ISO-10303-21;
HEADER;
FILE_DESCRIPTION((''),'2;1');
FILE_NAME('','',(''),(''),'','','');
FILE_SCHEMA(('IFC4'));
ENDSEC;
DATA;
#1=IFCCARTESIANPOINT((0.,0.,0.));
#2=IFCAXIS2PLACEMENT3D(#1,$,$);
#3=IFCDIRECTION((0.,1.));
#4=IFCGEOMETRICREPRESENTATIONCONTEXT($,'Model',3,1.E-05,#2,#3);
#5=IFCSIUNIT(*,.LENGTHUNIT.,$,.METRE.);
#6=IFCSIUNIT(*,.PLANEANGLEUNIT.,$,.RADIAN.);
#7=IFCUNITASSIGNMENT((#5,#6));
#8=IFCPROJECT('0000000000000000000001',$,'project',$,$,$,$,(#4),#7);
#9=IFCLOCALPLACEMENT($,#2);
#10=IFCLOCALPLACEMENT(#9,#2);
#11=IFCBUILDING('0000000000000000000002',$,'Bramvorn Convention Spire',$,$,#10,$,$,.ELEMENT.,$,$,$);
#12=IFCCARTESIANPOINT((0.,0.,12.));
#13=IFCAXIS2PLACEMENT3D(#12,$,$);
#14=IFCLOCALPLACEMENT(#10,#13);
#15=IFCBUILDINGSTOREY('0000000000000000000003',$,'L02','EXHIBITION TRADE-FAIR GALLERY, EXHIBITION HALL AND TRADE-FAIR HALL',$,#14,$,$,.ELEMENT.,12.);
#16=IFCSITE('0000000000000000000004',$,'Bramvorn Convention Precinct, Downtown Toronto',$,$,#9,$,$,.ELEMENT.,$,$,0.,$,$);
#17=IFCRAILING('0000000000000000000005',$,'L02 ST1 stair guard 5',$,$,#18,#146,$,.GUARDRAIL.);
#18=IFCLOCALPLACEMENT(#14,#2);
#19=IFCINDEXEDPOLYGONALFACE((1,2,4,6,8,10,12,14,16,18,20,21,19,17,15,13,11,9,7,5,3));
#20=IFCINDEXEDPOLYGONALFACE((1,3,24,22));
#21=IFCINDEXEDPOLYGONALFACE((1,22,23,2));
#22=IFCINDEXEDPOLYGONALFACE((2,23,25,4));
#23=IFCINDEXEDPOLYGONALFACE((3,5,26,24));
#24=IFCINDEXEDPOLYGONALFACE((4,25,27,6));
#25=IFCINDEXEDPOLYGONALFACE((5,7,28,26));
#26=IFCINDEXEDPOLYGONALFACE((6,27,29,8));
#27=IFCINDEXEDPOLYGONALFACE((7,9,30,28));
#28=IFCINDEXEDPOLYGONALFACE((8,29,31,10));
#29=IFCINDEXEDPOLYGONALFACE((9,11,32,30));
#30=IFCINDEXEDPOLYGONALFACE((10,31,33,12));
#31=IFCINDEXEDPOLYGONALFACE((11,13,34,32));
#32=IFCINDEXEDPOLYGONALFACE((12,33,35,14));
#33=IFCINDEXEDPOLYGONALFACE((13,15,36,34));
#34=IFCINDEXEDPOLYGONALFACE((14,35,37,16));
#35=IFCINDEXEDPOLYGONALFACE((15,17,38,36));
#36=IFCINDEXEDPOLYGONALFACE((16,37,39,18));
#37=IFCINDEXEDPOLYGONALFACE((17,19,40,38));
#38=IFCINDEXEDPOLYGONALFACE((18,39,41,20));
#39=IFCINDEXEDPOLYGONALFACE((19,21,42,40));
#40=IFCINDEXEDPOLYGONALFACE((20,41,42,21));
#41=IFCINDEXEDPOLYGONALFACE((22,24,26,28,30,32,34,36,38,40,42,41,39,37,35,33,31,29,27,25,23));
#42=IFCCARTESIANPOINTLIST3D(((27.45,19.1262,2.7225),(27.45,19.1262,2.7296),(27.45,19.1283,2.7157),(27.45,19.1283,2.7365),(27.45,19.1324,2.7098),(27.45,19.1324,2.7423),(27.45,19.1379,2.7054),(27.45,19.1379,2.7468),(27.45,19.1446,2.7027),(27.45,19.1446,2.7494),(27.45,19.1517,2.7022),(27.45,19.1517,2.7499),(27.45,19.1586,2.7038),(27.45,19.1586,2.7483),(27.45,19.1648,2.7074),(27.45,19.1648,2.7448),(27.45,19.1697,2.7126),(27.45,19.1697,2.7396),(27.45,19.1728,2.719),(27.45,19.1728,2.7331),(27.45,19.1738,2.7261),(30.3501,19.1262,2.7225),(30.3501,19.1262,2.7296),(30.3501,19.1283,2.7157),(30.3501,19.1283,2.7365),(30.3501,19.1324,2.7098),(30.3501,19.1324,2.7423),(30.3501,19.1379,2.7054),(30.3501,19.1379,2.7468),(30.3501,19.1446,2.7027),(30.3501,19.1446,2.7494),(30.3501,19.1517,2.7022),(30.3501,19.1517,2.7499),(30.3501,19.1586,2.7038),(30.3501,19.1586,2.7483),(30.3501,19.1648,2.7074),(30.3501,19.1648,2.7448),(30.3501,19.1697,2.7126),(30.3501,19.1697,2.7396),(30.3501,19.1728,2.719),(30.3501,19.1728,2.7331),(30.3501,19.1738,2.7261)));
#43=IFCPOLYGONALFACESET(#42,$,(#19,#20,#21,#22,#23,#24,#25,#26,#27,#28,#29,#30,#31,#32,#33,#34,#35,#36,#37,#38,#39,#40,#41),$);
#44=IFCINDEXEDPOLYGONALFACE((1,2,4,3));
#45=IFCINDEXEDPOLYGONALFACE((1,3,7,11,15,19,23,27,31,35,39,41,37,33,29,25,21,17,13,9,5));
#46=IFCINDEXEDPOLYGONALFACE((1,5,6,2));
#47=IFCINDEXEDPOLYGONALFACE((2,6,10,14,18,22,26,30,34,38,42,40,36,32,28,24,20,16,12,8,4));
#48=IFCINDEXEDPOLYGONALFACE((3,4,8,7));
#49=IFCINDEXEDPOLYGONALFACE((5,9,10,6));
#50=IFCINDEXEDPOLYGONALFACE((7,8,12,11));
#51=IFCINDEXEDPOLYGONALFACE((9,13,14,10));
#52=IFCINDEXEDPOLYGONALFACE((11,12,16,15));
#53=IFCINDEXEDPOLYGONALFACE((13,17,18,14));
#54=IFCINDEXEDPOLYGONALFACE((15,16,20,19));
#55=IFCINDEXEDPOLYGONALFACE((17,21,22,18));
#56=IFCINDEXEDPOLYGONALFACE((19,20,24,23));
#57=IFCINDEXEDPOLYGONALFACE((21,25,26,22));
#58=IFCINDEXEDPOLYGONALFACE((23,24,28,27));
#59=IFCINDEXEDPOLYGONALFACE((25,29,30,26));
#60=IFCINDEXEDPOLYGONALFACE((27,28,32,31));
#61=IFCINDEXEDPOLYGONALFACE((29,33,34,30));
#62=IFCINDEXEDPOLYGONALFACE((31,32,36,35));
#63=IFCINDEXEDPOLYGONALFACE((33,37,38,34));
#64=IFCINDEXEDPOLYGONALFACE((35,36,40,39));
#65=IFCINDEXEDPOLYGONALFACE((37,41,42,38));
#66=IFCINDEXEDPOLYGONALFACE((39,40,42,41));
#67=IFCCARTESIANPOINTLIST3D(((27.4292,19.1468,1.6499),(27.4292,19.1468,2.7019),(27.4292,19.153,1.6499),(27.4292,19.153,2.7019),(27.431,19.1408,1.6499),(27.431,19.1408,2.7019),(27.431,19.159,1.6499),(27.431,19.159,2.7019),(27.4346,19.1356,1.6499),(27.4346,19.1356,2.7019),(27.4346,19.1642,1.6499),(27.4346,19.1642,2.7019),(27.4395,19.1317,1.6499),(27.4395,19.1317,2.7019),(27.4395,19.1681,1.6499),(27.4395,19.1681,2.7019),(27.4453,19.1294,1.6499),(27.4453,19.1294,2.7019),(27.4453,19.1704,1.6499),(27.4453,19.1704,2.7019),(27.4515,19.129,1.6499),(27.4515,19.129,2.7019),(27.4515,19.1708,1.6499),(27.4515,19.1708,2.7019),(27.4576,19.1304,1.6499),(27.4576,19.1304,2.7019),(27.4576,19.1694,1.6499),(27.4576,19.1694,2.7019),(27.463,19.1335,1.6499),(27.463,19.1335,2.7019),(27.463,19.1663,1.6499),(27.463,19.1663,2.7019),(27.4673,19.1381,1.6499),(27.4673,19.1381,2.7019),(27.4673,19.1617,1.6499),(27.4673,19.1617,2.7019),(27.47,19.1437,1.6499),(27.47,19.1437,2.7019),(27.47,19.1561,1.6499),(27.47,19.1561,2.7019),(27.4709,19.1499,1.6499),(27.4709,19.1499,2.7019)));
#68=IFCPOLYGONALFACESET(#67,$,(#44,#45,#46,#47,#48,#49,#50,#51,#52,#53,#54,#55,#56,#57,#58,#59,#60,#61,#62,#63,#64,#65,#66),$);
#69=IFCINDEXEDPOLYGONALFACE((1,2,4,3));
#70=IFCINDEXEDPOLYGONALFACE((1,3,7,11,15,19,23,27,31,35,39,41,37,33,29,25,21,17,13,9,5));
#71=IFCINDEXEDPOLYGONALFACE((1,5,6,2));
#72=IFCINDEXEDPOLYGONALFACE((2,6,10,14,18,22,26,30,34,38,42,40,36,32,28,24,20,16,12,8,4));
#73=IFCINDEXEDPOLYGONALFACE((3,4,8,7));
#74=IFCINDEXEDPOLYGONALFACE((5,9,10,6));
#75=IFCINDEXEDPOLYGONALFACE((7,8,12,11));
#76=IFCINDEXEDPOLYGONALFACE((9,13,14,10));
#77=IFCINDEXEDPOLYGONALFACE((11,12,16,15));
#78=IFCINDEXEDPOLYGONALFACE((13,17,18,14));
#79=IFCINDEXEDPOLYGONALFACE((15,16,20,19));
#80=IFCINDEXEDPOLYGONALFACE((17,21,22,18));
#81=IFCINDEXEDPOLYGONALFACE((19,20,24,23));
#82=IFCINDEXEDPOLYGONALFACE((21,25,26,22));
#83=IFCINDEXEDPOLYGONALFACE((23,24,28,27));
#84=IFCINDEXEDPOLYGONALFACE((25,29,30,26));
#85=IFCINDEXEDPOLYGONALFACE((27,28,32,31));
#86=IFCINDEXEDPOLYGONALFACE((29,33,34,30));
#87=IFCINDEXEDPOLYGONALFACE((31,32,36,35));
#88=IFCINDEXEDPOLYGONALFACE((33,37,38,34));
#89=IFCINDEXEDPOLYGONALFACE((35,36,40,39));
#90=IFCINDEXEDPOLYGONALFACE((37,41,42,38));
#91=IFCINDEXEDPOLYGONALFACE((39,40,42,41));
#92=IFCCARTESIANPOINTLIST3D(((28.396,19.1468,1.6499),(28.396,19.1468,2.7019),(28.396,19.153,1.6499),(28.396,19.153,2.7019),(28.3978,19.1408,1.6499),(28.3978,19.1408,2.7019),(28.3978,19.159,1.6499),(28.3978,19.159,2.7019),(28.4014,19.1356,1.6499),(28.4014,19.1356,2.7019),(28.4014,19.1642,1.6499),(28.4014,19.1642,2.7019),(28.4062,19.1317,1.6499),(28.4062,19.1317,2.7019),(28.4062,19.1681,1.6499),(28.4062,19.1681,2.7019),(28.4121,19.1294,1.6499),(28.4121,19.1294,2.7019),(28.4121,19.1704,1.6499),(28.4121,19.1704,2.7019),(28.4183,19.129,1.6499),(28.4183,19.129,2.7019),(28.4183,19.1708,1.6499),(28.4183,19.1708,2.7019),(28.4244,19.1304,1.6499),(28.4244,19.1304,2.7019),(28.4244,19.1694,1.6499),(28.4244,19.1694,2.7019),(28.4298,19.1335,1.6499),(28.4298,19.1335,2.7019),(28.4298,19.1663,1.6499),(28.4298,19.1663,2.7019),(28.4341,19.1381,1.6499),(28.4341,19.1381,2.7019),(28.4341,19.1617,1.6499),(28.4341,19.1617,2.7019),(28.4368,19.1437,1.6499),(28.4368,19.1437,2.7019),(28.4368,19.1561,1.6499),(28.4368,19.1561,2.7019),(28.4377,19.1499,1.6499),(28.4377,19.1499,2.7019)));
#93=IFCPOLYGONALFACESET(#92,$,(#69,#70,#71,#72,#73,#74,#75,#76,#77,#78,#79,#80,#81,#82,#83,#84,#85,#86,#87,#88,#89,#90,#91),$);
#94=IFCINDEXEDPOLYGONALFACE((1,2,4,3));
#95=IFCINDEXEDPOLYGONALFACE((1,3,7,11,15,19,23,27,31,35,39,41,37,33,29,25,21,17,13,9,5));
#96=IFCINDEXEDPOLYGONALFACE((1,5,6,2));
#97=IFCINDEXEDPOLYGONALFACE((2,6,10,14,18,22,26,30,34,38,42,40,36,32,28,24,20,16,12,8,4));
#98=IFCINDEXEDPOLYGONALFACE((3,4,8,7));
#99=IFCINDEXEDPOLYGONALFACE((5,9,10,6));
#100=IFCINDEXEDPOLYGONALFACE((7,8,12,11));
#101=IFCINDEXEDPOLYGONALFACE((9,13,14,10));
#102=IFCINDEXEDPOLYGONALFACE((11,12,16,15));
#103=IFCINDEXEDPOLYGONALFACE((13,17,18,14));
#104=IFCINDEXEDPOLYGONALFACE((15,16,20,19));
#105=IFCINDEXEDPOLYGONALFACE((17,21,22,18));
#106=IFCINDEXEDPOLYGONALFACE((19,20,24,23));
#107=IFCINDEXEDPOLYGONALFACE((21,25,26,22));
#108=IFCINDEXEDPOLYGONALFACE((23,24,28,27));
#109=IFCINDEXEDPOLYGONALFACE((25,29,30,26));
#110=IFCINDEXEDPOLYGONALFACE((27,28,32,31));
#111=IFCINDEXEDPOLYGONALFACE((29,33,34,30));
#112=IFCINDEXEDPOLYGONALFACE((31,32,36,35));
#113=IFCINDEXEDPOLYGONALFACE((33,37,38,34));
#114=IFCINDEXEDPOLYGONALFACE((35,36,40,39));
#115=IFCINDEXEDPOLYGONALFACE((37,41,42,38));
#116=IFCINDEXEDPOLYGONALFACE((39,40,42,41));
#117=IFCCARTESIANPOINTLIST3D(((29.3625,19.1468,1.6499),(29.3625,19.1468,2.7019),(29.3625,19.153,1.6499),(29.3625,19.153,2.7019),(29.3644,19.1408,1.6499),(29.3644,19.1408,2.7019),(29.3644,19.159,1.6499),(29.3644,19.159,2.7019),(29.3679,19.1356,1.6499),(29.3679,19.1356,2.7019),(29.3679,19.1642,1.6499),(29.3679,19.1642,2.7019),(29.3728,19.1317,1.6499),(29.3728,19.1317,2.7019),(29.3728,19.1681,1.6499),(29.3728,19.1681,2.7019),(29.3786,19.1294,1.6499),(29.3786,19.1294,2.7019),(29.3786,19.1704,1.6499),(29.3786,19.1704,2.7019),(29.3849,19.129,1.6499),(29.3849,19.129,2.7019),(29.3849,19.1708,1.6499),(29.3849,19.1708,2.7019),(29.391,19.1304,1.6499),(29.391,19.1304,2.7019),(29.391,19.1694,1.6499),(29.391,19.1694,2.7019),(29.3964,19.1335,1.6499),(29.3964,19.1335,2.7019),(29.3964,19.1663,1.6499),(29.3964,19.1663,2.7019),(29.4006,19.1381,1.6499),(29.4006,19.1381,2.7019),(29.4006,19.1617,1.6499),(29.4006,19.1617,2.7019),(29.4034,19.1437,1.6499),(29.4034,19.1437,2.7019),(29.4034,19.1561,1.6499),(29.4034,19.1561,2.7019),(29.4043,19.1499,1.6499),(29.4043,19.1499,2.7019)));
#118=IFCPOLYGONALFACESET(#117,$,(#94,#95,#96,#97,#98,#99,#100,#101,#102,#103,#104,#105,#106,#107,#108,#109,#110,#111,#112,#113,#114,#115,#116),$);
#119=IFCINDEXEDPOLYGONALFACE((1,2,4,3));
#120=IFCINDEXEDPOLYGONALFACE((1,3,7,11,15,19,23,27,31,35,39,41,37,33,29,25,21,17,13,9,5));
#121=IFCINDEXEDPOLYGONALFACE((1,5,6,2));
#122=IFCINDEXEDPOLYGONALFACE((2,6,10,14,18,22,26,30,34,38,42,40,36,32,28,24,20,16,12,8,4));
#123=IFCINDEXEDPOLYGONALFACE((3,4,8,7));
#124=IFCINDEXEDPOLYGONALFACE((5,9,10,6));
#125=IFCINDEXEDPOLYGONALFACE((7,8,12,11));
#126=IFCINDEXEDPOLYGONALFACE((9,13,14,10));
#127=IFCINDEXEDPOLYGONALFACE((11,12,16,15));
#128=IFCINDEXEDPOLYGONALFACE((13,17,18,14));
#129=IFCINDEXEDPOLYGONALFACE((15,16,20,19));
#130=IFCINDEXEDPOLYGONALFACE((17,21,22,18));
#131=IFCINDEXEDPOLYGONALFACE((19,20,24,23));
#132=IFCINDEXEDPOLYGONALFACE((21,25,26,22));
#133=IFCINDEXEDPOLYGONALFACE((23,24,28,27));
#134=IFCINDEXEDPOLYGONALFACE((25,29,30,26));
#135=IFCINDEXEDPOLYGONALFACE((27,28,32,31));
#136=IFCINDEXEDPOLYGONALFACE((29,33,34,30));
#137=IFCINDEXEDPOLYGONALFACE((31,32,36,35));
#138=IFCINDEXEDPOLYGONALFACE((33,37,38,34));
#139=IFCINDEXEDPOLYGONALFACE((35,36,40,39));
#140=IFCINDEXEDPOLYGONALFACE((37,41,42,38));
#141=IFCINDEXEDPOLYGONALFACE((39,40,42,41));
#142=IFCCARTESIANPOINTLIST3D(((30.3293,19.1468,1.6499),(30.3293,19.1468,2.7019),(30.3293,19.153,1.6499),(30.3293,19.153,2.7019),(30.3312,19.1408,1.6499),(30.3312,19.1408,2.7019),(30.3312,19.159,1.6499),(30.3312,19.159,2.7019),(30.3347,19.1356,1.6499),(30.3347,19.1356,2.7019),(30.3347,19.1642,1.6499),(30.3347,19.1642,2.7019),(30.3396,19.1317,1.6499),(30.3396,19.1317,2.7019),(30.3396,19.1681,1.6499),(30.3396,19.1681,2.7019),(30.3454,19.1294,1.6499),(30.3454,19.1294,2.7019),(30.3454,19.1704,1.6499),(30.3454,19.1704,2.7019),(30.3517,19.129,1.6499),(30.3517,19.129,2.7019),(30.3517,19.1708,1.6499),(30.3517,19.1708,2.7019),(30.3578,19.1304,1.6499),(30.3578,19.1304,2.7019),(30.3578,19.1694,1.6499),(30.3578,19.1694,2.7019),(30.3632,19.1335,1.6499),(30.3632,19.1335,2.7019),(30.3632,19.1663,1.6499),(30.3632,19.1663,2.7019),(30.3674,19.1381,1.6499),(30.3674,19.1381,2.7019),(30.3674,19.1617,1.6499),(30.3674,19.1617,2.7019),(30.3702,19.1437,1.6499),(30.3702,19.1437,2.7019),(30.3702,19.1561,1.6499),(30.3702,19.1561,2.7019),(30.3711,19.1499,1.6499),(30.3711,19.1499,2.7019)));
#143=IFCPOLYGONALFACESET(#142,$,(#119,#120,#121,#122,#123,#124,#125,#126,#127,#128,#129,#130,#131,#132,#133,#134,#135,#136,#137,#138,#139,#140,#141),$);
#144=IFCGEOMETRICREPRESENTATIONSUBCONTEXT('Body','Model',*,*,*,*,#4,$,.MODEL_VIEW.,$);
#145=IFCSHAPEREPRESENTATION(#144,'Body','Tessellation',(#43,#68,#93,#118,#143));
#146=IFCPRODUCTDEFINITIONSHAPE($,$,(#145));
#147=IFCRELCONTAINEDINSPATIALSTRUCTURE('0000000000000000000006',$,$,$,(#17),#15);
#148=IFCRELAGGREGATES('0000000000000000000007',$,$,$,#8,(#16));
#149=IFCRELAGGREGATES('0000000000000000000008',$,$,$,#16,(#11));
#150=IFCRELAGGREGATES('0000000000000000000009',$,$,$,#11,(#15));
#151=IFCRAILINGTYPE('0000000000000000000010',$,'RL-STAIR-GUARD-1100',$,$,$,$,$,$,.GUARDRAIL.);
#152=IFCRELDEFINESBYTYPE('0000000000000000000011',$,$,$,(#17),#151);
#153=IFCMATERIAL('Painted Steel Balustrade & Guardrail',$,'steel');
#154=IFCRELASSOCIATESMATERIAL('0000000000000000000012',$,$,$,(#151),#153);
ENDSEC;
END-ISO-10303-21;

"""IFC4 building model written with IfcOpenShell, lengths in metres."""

from ifc_helpers import new_model, si_unit, direction, frame, origin, origin_2d, place, context, subcontext, project, spatial, circle, extrude, material, type_object, element, save


model = new_model("IFC4")

# Units and contexts
model_context = context("Model", 3, precision=1e-05, world=origin(), true_north=direction((0.0, 1.0)))
body_context = subcontext(model_context, "Body", "Model", "MODEL_VIEW")
ifc_project = project(units=[si_unit("LENGTHUNIT", "METRE"), si_unit("PLANEANGLEUNIT", "RADIAN")], contexts=[model_context])

# Site, building, storey
site_placement = place(None, origin())
site = spatial("IfcSite", under=ifc_project, at=site_placement, Name="Bramvorn Convention Precinct, Downtown Toronto", CompositionType="ELEMENT", RefElevation=0.0)
building_placement = place(site_placement, origin())
building = spatial("IfcBuilding", under=site, at=building_placement, Name="Bramvorn Convention Spire", CompositionType="ELEMENT")
storey_placement = place(building_placement, frame((0.0, 0.0, 12.0)))
storey = spatial("IfcBuildingStorey", under=building, at=storey_placement, Name="L02", Description="EXHIBITION TRADE-FAIR GALLERY, EXHIBITION HALL AND TRADE-FAIR HALL", CompositionType="ELEMENT", Elevation=12.0)

# Railing
ifc_material_1 = material(Name="Painted Steel Balustrade & Guardrail", Category="steel")
railing_type = type_object("IfcRailingType", Name="RL-STAIR-GUARD-1100", PredefinedType="GUARDRAIL", material=ifc_material_1)
railing_1_placement = place(storey_placement, frame((27.45, 19.1499, 1.6499)))
element("IfcRailing", 1, at=railing_1_placement, inside=storey, type_object=railing_type, Name="L02 ST1 stair guard 5", PredefinedType="GUARDRAIL", context=body_context, shape_type="SweptSolid", body=[
    extrude(circle(Radius=0.0239, at=origin_2d()), frame((0.0, 0.0, 1.0762), z_axis=(1.0, 0.0, 0.0), x_axis=(0.0, 1.0, 0.0)), (0.0, 0.0, 1.0), 2.9001),
    extrude(circle(Radius=0.021, at=origin_2d()), origin(), (0.0, 0.0, 1.0), 1.052),
    extrude(circle(Radius=0.021, at=origin_2d()), frame((0.9668, 0.0, 0.0)), (0.0, 0.0, 1.0), 1.052),
    extrude(circle(Radius=0.021, at=origin_2d()), frame((1.9333, 0.0, 0.0)), (0.0, 0.0, 1.0), 1.052),
    extrude(circle(Radius=0.021, at=origin_2d()), frame((2.9001, 0.0, 0.0)), (0.0, 0.0, 1.0), 1.052),
])

save(model, "model.ifc")
